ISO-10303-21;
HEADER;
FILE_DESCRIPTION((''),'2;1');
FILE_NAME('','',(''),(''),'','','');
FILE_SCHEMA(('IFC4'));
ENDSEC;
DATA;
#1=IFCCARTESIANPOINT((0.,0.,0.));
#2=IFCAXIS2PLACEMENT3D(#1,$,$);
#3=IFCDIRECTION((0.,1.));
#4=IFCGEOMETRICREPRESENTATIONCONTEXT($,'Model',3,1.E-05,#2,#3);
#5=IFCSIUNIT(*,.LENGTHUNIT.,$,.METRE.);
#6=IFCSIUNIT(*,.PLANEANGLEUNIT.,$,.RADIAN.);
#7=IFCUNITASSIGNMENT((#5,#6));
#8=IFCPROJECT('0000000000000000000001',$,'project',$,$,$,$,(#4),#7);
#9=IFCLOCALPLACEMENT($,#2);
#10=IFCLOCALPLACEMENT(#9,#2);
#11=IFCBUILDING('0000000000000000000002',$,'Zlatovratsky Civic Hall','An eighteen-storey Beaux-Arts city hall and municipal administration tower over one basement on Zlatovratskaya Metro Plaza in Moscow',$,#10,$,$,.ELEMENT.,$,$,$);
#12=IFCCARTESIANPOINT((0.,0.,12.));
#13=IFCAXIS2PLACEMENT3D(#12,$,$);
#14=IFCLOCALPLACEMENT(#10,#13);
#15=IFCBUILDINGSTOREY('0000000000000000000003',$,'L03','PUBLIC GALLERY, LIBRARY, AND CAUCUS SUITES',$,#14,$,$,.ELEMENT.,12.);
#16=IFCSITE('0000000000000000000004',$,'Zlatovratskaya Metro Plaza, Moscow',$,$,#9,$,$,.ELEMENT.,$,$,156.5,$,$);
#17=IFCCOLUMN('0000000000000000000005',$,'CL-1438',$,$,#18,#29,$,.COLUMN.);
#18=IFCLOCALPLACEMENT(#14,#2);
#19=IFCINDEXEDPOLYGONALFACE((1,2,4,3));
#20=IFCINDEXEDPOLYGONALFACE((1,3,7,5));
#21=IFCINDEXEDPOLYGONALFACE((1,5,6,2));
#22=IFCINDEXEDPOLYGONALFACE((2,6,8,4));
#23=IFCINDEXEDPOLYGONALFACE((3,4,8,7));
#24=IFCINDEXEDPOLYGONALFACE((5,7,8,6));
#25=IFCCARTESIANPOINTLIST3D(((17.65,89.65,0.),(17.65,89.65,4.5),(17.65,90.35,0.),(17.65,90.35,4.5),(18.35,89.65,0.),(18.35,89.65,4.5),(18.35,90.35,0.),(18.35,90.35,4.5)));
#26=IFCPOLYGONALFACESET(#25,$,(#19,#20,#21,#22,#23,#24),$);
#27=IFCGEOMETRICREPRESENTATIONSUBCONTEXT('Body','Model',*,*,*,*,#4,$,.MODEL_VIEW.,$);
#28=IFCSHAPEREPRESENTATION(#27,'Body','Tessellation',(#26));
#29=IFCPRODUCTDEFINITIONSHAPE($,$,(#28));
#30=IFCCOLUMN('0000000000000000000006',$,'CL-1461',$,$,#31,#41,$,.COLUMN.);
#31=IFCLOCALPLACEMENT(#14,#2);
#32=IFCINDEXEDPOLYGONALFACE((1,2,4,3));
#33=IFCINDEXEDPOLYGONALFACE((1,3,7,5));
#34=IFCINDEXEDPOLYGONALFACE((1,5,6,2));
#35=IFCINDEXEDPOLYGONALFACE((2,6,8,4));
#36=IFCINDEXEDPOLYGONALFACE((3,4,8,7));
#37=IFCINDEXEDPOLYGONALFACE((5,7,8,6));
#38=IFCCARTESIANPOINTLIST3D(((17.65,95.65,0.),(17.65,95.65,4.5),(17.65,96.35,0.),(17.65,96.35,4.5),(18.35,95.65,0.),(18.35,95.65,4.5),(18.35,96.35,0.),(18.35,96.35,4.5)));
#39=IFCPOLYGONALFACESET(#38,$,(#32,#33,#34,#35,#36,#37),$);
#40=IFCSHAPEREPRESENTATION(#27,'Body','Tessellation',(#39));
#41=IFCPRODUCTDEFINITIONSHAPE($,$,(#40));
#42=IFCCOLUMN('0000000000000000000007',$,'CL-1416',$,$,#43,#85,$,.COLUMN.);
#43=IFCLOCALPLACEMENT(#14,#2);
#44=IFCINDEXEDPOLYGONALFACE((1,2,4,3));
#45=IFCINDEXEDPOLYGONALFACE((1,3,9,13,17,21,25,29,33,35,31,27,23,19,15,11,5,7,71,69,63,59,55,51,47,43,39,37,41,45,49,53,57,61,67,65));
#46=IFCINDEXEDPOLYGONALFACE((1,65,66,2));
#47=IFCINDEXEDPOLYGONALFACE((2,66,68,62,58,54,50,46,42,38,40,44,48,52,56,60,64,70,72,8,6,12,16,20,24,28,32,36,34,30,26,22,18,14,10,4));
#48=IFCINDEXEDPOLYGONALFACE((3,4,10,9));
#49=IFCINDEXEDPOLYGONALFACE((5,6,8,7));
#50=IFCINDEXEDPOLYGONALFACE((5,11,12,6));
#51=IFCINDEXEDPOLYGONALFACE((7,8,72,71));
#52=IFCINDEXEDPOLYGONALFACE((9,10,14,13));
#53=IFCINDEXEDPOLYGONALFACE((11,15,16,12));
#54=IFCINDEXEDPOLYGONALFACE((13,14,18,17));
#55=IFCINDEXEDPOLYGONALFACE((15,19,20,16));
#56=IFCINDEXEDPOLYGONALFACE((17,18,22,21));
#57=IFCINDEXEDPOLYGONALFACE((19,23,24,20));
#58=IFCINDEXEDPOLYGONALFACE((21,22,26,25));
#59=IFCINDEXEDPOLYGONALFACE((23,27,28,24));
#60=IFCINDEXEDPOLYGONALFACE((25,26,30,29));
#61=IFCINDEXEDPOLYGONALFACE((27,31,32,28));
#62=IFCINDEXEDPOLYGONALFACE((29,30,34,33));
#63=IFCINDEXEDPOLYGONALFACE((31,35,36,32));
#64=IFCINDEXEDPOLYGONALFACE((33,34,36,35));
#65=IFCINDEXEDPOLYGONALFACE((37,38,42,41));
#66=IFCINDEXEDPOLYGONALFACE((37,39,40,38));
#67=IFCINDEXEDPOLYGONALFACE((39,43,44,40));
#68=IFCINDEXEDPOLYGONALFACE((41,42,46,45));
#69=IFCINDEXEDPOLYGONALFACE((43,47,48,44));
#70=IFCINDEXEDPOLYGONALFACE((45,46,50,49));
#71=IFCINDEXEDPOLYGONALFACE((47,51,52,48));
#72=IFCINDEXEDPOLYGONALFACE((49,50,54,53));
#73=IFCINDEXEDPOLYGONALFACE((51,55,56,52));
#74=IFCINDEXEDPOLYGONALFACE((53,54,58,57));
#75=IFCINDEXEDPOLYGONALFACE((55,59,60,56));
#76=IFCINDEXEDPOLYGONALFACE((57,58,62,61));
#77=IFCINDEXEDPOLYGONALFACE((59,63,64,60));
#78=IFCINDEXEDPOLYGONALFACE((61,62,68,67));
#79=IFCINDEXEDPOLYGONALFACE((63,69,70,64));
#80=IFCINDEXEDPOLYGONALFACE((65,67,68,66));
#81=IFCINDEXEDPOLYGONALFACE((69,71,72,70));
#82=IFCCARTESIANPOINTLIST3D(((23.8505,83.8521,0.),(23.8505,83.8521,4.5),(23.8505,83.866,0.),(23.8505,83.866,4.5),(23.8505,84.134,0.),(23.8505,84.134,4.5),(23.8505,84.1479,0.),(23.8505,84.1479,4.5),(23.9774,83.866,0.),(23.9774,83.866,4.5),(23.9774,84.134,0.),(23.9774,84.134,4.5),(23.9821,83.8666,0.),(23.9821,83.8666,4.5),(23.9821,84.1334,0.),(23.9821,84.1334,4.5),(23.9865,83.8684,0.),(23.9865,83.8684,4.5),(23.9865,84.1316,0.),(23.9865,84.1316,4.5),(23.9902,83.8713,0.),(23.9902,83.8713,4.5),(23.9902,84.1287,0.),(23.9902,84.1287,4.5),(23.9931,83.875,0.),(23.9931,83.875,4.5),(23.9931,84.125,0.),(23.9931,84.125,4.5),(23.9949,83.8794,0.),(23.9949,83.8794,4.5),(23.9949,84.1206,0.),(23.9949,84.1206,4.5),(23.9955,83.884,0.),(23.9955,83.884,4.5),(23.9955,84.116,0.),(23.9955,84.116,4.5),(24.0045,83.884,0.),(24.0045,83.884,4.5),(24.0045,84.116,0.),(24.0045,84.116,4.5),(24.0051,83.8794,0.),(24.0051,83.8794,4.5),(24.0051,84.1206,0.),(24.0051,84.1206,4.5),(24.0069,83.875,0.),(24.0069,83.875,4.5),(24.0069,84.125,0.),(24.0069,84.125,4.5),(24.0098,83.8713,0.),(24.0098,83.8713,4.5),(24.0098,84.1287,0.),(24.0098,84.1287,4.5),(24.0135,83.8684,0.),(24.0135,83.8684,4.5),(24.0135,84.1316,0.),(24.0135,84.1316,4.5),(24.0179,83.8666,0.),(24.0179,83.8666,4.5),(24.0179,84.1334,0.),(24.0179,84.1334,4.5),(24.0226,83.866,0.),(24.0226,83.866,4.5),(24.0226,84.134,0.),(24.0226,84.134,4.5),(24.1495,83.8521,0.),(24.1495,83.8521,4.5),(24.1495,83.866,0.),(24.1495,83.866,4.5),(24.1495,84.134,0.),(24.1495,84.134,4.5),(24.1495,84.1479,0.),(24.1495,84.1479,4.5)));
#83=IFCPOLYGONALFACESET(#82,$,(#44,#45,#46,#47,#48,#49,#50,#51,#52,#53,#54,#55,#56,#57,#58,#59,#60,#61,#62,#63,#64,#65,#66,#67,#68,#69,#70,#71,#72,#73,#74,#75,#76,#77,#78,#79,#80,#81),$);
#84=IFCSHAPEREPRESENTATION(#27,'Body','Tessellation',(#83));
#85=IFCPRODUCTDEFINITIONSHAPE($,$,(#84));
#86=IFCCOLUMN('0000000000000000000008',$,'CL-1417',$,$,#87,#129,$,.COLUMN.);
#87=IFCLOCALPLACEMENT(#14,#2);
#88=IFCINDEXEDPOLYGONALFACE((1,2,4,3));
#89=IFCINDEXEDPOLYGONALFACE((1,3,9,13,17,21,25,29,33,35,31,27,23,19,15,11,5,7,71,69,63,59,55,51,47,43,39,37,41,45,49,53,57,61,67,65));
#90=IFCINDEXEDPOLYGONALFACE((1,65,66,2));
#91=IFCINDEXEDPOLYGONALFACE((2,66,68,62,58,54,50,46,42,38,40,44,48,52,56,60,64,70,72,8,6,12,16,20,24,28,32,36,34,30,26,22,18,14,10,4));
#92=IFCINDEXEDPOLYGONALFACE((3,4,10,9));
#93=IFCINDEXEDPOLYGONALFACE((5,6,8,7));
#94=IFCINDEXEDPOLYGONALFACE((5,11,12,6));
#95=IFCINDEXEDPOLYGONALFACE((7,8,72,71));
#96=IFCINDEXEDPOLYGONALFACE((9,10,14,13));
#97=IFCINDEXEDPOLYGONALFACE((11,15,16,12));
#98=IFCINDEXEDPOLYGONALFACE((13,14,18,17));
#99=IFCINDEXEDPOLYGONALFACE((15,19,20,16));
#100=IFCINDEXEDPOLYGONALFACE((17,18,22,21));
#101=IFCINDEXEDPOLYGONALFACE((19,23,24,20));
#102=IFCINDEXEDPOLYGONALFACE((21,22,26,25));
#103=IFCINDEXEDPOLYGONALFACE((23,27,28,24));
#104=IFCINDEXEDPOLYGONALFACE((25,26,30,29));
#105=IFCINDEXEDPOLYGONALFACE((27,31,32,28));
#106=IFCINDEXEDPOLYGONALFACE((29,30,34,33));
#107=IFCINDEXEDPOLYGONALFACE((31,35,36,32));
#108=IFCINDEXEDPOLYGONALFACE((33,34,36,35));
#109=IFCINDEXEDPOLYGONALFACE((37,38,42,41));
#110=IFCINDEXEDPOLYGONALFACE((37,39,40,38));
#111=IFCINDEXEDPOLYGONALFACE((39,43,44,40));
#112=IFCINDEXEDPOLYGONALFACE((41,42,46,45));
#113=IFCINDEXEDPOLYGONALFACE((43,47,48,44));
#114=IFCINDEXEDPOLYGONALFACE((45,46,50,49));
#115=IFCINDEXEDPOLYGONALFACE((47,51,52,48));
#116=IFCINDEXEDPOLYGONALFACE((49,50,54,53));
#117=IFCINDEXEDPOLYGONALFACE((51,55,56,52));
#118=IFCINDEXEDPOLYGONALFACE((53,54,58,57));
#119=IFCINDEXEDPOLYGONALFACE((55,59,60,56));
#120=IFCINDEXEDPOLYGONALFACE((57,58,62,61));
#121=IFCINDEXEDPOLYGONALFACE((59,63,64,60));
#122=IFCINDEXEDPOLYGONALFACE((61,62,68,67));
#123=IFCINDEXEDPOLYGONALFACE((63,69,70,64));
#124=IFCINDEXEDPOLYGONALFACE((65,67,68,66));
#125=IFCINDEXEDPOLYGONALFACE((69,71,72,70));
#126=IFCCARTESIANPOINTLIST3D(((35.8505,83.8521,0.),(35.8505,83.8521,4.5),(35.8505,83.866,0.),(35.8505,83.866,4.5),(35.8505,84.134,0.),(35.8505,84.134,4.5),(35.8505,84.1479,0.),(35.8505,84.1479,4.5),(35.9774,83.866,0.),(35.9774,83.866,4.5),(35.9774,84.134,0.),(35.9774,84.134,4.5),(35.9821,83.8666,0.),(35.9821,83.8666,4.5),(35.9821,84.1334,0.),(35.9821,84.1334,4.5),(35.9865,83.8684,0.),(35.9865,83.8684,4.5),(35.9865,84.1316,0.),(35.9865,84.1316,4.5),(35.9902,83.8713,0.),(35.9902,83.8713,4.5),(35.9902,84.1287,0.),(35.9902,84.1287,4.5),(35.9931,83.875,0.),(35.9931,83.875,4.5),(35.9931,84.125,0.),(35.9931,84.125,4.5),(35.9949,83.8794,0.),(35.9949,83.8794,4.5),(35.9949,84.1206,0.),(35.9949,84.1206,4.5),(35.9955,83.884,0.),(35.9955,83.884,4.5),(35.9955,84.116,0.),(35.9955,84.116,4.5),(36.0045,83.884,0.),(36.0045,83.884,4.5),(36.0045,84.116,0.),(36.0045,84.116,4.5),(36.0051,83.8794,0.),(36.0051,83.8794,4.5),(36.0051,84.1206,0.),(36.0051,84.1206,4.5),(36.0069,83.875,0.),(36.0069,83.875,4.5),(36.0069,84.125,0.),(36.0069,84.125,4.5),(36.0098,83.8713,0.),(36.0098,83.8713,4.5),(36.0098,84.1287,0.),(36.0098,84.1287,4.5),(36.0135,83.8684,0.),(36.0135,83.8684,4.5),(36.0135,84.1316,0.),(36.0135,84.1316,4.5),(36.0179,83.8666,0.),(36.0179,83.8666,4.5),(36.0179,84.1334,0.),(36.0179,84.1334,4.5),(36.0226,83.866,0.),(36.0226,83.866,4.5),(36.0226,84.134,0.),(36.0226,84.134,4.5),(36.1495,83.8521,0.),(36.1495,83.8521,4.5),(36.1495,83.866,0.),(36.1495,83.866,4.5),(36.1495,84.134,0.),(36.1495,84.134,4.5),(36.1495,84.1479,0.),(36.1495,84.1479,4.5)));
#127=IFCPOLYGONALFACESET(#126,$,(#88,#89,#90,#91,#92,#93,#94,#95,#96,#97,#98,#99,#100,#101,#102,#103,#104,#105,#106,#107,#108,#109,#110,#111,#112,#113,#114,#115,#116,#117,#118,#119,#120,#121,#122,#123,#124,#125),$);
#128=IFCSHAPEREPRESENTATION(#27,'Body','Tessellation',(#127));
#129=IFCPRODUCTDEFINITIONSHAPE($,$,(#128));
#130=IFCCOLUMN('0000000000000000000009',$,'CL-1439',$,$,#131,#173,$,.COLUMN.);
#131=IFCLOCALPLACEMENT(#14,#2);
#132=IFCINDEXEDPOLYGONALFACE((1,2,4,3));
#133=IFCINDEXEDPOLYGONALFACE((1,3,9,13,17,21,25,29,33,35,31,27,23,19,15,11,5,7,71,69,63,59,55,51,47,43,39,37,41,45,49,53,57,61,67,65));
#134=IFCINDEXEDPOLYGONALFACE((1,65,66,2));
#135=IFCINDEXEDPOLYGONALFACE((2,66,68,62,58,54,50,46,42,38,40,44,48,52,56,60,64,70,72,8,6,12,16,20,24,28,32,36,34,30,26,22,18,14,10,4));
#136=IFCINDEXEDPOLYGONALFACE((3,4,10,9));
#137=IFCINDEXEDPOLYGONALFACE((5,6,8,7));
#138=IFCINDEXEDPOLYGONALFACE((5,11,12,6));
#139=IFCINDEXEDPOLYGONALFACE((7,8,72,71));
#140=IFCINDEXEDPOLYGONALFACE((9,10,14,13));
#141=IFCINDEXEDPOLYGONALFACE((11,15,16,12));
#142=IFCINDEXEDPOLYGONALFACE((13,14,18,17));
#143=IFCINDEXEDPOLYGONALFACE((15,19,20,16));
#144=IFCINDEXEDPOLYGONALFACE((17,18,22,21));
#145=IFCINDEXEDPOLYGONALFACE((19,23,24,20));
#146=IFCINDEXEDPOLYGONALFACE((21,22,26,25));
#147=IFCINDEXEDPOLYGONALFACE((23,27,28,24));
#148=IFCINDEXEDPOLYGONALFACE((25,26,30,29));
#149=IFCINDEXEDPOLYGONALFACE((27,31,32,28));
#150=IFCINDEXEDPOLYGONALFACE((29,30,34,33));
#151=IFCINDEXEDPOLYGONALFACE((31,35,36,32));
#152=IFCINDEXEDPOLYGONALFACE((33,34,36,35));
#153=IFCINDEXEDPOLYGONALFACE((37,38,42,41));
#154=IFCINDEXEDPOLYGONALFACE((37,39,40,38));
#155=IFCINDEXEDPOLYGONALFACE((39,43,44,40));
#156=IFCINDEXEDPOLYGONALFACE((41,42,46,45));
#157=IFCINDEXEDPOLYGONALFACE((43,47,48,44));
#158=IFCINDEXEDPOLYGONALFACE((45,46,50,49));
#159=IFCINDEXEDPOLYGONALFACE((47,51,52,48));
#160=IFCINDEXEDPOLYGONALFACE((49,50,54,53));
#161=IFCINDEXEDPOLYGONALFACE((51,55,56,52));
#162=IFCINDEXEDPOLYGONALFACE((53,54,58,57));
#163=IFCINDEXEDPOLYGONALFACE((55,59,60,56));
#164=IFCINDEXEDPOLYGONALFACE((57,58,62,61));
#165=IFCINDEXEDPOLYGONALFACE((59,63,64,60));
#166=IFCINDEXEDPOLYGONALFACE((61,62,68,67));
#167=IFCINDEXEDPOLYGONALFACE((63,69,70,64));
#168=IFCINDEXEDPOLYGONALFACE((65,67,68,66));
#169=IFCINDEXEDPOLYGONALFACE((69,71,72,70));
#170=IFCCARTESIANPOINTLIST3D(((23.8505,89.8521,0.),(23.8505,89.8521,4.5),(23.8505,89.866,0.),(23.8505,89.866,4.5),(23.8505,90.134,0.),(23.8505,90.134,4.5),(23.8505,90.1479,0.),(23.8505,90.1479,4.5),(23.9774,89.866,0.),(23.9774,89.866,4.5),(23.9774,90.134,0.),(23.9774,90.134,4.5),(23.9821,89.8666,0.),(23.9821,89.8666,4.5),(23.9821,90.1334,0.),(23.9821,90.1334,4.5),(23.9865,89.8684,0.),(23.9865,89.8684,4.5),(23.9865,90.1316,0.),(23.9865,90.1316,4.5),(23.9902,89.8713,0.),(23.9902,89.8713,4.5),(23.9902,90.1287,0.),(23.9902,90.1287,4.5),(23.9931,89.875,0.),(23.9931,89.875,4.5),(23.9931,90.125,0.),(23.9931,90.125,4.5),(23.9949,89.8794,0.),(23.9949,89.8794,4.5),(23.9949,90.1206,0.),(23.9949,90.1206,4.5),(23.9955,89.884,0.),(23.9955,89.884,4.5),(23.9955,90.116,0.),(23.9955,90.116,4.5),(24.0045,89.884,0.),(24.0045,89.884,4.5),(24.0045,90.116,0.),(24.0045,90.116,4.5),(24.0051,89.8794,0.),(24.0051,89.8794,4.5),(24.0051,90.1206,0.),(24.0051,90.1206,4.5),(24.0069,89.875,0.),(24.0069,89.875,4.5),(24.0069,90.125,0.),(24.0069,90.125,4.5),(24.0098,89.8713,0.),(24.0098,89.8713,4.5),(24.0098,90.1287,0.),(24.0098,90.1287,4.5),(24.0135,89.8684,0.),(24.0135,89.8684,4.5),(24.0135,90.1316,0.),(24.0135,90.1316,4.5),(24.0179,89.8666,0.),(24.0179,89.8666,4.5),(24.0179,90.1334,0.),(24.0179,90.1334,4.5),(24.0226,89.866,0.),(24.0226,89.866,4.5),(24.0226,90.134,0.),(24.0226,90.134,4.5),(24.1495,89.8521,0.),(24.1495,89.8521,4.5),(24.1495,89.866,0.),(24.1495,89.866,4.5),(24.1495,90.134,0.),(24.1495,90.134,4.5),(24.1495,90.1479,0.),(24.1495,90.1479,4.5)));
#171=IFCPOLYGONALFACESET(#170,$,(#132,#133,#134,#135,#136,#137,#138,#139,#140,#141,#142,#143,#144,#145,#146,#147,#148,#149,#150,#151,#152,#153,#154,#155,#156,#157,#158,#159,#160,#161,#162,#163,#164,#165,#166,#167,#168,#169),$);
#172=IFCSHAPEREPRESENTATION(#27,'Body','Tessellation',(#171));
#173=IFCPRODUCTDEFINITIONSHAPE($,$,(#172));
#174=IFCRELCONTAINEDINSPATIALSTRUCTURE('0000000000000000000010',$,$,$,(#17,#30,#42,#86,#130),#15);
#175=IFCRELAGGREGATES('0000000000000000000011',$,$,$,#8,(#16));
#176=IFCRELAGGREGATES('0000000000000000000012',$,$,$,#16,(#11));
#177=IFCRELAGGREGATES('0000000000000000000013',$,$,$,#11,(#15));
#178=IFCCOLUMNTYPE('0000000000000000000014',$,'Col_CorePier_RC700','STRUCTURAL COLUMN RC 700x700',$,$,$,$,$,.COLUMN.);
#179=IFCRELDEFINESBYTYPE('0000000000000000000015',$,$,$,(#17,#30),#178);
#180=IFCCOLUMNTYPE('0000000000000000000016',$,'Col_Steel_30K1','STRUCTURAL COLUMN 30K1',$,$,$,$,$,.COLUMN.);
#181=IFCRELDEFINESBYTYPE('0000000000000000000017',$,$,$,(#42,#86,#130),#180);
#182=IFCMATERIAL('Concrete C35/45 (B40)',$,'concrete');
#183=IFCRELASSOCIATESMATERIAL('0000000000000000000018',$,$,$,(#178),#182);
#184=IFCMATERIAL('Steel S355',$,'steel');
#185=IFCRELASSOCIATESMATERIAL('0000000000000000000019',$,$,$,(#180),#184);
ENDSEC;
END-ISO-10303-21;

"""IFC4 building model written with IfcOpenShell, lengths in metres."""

from ifc_helpers import new_model, si_unit, direction, frame, origin, origin_2d, place, context, subcontext, project, spatial, rectangle, i_section, extrude, material, material_profile, profile_set, type_object, element, save


model = new_model("IFC4")

# Units and contexts
model_context = context("Model", 3, precision=1e-05, world=origin(), true_north=direction((0.0, 1.0)))
body_context = subcontext(model_context, "Body", "Model", "MODEL_VIEW")
ifc_project = project(units=[si_unit("LENGTHUNIT", "METRE"), si_unit("PLANEANGLEUNIT", "RADIAN")], contexts=[model_context])

# Site, building, storey
site_placement = place(None, origin())
site = spatial("IfcSite", under=ifc_project, at=site_placement, Name="Zlatovratskaya Metro Plaza, Moscow", CompositionType="ELEMENT", RefElevation=156.5)
building_placement = place(site_placement, origin())
building = spatial("IfcBuilding", under=site, at=building_placement, Name="Zlatovratsky Civic Hall", Description="An eighteen-storey Beaux-Arts city hall and municipal administration tower over one basement on Zlatovratskaya Metro Plaza in Moscow", CompositionType="ELEMENT")
storey_placement = place(building_placement, frame((0.0, 0.0, 12.0)))
storey = spatial("IfcBuildingStorey", under=building, at=storey_placement, Name="L03", Description="PUBLIC GALLERY, LIBRARY, AND CAUCUS SUITES", CompositionType="ELEMENT", Elevation=12.0)

# Columns
ifc_material_1 = material(Name="Concrete C35/45 (B40)", Category="concrete")
ifc_material_profile_1 = material_profile(ifc_material_1, rectangle(XDim=0.7, YDim=0.7, at=origin_2d()), Name="RC 700x700")
ifc_profile_set_1 = profile_set([ifc_material_profile_1], Name="Concrete C35/45 (B40)")
column_type_1 = type_object("IfcColumnType", Name="Col_CorePier_RC700", Description="STRUCTURAL COLUMN RC 700x700", PredefinedType="COLUMN", material=ifc_profile_set_1)
for number, where, z_axis, x_axis, name in (
    (1, (18.0, 90.0, 0.0), (0.0, 0.0, 1.0), (1.0, 0.0, 0.0), "CL-1438"),
    (2, (18.0, 96.0, 0.0), (0.0, 0.0, 1.0), (1.0, 0.0, 0.0), "CL-1461"),
):
    element("IfcColumn", number, at=place(storey_placement, frame(where, z_axis=z_axis, x_axis=x_axis)), inside=storey, type_object=column_type_1, Name=name, PredefinedType="COLUMN", context=body_context, shape_type="SweptSolid", body=[
        extrude(rectangle(XDim=0.7, YDim=0.7, at=origin_2d()), origin(), (0.0, 0.0, 1.0), 4.5),
    ])
ifc_material_2 = material(Name="Steel S355", Category="steel")
ifc_material_profile_2 = material_profile(ifc_material_2, i_section(OverallWidth=0.2991, OverallDepth=0.2959, WebThickness=0.009, FlangeThickness=0.0139, FilletRadius=0.0181, at=origin_2d()), Name="30K1")
ifc_profile_set_2 = profile_set([ifc_material_profile_2], Name="Steel S355")
column_type_2 = type_object("IfcColumnType", Name="Col_Steel_30K1", Description="STRUCTURAL COLUMN 30K1", PredefinedType="COLUMN", material=ifc_profile_set_2)
for number, where, z_axis, x_axis, name in (
    (3, (24.0, 84.0, 0.0), (0.0, 0.0, 1.0), (1.0, 0.0, 0.0), "CL-1416"),
    (4, (36.0, 84.0, 0.0), (0.0, 0.0, 1.0), (1.0, 0.0, 0.0), "CL-1417"),
    (5, (24.0, 90.0, 0.0), (0.0, 0.0, 1.0), (1.0, 0.0, 0.0), "CL-1439"),
):
    element("IfcColumn", number, at=place(storey_placement, frame(where, z_axis=z_axis, x_axis=x_axis)), inside=storey, type_object=column_type_2, Name=name, PredefinedType="COLUMN", context=body_context, shape_type="SweptSolid", body=[
        extrude(i_section(OverallWidth=0.2991, OverallDepth=0.2959, WebThickness=0.009, FlangeThickness=0.0139, FilletRadius=0.0181, at=origin_2d()), origin(), (0.0, 0.0, 1.0), 4.5),
    ])

save(model, "model.ifc")
